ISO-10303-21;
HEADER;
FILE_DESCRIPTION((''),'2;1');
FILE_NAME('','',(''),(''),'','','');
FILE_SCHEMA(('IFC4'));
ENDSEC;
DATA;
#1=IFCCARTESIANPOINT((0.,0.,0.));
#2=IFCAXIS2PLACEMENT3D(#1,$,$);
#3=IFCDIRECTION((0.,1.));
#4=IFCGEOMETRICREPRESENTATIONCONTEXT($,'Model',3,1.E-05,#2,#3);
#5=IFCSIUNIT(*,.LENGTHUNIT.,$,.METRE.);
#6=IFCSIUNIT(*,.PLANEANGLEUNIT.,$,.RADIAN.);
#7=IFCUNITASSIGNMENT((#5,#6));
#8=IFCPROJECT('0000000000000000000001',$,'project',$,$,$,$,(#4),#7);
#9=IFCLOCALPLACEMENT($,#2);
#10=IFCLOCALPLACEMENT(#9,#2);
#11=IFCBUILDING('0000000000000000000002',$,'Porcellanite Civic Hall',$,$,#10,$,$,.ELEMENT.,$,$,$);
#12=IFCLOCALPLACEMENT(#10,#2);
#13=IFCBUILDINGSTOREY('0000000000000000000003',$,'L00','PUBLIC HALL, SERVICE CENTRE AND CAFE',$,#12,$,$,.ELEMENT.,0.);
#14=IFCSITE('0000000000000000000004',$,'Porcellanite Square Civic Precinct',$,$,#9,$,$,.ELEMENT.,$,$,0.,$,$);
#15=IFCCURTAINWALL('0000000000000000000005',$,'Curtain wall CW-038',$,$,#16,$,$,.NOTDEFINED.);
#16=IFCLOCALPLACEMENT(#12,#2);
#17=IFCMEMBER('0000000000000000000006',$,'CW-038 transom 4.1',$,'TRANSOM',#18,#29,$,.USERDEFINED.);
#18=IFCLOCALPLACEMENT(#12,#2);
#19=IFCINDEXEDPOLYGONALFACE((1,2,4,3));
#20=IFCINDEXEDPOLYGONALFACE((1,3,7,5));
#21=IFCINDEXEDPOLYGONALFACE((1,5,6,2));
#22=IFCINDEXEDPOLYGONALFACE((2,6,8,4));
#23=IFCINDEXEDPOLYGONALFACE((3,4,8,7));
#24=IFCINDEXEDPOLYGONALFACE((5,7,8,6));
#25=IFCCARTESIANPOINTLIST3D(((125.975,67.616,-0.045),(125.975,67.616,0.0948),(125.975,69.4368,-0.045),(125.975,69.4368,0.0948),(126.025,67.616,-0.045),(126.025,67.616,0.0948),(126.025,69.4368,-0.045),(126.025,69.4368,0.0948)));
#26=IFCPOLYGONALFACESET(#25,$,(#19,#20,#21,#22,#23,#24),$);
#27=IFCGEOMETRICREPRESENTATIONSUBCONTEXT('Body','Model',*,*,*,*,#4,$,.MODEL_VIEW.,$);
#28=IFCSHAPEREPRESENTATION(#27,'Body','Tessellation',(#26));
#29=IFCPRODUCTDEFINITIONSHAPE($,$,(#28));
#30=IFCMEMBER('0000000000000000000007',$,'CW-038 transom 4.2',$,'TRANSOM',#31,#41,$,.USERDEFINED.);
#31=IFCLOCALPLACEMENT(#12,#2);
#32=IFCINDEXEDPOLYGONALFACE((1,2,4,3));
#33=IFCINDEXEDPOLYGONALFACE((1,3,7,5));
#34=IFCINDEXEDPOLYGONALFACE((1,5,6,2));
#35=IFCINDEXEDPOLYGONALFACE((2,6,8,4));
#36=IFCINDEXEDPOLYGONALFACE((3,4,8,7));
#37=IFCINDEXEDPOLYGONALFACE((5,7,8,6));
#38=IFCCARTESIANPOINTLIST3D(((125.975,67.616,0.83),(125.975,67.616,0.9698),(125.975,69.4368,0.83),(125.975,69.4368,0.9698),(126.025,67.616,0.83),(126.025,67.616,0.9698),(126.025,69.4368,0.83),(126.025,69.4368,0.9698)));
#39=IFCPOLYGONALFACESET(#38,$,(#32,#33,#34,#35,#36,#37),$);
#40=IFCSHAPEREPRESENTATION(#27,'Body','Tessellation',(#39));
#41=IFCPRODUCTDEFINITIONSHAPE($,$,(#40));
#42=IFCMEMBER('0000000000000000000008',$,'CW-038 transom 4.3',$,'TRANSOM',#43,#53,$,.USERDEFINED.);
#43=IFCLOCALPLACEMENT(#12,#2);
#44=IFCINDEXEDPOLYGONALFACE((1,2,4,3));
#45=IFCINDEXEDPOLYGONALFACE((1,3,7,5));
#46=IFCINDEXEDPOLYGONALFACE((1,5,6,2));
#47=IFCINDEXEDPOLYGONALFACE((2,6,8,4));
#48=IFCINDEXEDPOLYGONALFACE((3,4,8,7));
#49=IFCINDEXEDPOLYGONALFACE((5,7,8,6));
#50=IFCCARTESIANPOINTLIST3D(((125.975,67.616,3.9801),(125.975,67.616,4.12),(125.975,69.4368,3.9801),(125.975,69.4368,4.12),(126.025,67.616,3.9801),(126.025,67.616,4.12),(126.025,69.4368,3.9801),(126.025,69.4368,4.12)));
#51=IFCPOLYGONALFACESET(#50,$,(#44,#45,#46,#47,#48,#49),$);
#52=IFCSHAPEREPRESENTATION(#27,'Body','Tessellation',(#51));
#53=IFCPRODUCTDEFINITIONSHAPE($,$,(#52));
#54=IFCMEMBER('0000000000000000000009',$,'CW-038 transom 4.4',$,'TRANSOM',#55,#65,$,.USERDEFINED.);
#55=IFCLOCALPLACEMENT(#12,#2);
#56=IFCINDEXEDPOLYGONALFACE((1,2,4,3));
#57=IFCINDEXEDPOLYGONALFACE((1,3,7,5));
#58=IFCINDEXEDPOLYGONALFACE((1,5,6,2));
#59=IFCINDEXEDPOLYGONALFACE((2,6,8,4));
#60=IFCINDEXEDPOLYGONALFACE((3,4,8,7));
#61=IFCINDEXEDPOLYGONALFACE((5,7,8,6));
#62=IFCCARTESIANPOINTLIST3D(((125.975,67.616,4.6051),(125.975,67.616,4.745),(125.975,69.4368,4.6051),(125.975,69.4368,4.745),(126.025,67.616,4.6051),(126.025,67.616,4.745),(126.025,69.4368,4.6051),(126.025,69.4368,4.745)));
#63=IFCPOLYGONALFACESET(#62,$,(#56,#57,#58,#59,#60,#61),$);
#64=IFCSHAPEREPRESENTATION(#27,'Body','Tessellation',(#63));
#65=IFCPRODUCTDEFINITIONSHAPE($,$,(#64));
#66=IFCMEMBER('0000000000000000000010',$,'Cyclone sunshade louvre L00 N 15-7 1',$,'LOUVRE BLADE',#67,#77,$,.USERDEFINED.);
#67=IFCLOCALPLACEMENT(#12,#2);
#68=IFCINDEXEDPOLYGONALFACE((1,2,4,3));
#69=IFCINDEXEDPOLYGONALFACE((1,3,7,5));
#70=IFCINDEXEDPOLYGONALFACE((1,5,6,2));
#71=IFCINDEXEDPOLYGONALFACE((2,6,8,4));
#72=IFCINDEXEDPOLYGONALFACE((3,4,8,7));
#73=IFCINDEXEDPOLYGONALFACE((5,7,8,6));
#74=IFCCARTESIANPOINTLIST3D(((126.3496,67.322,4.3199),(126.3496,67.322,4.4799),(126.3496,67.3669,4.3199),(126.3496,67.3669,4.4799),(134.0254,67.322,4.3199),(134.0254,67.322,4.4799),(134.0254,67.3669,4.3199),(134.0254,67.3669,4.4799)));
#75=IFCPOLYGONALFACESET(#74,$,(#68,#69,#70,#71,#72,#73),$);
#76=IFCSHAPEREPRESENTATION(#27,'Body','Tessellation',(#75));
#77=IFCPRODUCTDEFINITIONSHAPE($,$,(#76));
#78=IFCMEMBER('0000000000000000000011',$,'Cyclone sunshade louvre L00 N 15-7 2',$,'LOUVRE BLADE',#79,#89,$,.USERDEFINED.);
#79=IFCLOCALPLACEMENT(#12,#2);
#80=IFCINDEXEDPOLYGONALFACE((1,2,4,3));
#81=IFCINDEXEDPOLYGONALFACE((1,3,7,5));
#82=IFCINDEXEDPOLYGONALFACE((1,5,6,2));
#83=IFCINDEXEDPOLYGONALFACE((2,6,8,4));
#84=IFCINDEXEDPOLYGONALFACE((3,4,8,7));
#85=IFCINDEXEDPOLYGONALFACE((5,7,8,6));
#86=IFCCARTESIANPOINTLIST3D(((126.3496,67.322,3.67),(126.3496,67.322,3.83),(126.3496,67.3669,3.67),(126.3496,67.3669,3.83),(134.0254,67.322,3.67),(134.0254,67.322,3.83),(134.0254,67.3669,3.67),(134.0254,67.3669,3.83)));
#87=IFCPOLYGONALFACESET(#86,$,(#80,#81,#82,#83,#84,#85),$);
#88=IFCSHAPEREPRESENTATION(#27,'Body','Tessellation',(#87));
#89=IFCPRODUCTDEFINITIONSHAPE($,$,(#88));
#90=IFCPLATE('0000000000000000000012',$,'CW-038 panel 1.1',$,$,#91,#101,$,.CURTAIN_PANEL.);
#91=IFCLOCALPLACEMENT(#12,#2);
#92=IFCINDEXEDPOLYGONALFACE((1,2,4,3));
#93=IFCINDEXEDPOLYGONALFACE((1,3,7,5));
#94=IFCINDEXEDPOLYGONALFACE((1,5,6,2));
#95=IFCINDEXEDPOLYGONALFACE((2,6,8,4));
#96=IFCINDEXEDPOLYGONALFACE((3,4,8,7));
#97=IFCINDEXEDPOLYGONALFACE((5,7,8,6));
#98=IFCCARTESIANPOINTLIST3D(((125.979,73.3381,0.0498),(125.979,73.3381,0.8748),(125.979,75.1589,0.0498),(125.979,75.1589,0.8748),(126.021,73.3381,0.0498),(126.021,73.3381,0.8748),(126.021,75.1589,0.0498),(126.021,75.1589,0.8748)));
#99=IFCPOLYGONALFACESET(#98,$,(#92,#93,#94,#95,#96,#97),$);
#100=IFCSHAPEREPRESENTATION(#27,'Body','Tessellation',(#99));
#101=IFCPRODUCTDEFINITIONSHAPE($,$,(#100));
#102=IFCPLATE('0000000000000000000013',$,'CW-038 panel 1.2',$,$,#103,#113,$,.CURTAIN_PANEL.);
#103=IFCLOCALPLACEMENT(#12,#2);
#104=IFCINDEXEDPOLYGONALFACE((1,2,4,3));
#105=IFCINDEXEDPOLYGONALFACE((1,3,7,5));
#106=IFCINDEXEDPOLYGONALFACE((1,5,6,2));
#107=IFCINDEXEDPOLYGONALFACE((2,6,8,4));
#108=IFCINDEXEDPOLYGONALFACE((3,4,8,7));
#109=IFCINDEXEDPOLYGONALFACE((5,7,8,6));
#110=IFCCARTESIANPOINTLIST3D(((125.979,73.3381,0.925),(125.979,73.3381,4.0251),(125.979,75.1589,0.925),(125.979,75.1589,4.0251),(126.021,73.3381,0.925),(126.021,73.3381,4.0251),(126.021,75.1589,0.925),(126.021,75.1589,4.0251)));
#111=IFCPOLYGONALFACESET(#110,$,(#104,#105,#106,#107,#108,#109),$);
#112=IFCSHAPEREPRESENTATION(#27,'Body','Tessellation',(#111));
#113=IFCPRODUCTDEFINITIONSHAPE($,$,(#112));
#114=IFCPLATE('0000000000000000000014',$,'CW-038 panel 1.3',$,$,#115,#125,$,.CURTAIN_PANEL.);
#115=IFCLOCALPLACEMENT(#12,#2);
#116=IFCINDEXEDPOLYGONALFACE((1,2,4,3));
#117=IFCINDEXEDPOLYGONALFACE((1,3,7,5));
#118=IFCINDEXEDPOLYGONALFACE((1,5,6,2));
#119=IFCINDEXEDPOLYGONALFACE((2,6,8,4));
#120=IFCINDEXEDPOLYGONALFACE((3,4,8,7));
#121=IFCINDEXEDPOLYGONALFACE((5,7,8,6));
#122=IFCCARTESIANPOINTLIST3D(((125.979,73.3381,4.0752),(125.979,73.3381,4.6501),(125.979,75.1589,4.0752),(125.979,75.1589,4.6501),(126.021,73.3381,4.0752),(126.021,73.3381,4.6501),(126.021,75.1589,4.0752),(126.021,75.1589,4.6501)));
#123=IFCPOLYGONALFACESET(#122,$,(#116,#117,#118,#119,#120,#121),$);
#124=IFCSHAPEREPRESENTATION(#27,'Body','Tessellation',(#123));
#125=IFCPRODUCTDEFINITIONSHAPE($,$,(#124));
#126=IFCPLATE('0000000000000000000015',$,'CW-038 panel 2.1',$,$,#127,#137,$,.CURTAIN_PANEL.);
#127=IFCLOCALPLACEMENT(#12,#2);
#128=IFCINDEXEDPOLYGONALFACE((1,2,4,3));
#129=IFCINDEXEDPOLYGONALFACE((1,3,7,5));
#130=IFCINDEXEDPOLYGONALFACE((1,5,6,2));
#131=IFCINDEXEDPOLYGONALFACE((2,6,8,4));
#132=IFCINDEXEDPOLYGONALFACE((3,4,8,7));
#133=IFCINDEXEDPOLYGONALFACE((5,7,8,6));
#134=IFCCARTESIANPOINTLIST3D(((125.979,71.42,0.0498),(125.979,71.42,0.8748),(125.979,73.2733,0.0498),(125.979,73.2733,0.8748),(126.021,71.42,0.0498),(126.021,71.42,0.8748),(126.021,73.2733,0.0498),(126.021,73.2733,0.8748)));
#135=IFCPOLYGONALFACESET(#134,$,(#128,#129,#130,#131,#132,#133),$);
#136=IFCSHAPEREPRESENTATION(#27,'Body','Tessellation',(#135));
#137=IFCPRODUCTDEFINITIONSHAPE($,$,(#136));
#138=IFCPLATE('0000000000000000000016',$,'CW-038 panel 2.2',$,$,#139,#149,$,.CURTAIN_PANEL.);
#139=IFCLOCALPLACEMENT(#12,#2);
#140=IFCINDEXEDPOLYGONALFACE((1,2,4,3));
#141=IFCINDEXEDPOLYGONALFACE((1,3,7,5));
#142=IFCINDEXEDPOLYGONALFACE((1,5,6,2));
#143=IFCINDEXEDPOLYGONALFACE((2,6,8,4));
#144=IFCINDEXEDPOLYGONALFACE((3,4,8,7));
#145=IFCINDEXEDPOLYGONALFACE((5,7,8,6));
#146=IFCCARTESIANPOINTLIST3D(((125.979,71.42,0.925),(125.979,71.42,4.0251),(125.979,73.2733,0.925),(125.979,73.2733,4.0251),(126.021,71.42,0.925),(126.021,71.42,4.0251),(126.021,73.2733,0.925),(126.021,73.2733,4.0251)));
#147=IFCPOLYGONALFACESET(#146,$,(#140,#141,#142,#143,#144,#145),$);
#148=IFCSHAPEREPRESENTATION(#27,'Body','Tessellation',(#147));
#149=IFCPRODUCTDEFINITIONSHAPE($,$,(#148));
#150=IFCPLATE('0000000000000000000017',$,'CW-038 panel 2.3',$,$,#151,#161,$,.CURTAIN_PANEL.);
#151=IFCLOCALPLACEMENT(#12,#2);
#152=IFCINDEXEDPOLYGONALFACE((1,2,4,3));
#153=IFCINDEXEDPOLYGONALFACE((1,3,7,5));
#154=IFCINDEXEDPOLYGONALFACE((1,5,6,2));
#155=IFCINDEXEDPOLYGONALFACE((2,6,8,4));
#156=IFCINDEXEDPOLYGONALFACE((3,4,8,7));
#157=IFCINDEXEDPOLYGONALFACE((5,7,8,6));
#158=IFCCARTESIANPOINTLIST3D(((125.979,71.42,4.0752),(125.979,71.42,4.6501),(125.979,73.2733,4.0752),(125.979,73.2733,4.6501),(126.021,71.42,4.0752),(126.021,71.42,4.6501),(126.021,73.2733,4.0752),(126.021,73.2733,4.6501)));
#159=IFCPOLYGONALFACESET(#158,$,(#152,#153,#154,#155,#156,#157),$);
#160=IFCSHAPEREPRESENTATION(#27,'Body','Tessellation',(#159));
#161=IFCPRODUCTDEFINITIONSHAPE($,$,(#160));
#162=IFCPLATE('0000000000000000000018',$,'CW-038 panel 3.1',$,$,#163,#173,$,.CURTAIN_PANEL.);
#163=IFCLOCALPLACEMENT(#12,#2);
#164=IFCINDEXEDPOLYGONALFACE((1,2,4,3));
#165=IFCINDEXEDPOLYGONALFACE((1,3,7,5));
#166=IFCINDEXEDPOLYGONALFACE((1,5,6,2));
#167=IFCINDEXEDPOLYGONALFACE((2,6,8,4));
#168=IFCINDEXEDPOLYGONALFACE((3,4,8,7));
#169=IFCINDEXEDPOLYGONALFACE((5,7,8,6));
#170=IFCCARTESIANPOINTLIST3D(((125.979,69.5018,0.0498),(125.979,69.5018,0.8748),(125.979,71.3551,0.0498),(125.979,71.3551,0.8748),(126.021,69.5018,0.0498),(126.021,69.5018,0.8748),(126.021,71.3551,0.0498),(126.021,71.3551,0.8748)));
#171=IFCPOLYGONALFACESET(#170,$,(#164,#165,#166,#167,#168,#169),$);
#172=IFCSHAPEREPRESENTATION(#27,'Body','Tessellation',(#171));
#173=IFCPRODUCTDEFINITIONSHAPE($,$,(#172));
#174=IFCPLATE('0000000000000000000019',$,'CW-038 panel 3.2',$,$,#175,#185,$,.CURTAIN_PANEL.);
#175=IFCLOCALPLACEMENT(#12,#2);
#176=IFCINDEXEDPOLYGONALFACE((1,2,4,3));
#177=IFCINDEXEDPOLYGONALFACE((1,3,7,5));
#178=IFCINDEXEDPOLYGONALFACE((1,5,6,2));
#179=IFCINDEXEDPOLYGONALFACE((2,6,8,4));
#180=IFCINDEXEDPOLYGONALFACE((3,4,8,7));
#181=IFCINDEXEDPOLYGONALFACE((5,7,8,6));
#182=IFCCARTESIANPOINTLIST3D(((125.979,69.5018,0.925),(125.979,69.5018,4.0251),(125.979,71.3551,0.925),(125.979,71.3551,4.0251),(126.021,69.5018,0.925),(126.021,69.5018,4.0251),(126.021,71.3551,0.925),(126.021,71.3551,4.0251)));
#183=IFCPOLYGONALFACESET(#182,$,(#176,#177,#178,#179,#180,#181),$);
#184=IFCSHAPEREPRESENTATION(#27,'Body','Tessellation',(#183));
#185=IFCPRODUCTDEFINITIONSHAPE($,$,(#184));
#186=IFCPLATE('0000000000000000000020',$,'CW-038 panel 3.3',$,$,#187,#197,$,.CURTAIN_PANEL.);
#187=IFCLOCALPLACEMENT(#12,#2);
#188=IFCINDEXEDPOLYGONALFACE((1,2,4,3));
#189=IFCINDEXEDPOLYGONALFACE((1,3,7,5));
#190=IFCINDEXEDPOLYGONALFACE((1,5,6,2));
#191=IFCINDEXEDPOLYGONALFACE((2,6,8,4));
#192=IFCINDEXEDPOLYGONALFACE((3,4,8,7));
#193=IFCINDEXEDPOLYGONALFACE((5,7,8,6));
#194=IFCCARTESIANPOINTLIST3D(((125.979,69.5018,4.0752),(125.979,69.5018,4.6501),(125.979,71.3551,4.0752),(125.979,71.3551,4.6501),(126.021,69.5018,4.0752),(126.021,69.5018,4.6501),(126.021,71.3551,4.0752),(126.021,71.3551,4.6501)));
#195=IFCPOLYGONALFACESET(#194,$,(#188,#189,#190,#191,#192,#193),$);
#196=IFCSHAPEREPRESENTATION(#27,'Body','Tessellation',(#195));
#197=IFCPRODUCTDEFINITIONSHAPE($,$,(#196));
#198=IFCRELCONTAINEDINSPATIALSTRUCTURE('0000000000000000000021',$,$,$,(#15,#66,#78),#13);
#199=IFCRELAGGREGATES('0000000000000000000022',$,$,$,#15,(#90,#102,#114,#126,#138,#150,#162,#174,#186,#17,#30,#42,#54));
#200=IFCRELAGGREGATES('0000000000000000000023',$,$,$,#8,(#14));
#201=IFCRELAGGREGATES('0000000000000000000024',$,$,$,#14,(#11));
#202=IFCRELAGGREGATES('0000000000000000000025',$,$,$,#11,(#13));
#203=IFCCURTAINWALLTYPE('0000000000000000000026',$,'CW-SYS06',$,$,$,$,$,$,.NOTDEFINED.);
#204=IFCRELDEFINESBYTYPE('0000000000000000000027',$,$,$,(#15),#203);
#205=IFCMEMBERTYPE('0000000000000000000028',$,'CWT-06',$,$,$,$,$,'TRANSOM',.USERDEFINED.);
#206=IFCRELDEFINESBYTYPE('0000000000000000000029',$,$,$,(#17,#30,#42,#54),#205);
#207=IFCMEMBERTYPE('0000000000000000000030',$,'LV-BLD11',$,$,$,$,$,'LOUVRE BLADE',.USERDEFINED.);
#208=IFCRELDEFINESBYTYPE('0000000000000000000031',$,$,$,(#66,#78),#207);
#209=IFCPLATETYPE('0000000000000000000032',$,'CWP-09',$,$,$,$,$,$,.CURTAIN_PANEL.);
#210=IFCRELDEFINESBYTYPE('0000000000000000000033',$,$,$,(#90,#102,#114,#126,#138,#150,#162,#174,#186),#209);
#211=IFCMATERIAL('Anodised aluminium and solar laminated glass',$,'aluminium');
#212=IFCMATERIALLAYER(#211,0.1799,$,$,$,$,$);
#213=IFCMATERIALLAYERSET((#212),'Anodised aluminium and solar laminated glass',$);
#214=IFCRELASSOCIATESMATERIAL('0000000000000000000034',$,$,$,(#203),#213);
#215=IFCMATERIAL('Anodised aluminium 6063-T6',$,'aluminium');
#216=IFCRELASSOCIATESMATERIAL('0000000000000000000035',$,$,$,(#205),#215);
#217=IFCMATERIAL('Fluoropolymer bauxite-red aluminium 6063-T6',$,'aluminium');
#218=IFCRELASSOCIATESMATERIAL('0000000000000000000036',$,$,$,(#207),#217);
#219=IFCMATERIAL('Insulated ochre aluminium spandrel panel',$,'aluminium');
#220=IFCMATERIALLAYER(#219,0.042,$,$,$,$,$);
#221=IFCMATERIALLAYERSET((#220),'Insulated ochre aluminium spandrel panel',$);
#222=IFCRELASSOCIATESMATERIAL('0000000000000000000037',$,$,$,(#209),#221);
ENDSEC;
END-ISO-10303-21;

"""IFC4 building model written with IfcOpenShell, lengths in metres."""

from ifc_helpers import new_model, si_unit, direction, frame, origin, origin_2d, place, context, subcontext, project, spatial, rectangle, extrude, material, layer, layer_set, material_profile, profile_set, type_object, element, aggregate, save


model = new_model("IFC4")

# Units and contexts
model_context = context("Model", 3, precision=1e-05, world=origin(), true_north=direction((0.0, 1.0)))
body_context = subcontext(model_context, "Body", "Model", "MODEL_VIEW")
ifc_project = project(units=[si_unit("LENGTHUNIT", "METRE"), si_unit("PLANEANGLEUNIT", "RADIAN")], contexts=[model_context])

# Site, building, storey
site_placement = place(None, origin())
site = spatial("IfcSite", under=ifc_project, at=site_placement, Name="Porcellanite Square Civic Precinct", CompositionType="ELEMENT", RefElevation=0.0)
building_placement = place(site_placement, origin())
building = spatial("IfcBuilding", under=site, at=building_placement, Name="Porcellanite Civic Hall", CompositionType="ELEMENT")
storey_placement = place(building_placement, origin())
storey = spatial("IfcBuildingStorey", under=building, at=storey_placement, Name="L00", Description="PUBLIC HALL, SERVICE CENTRE AND CAFE", CompositionType="ELEMENT", Elevation=0.0)

# Curtain wall, members
ifc_material_1 = material(Name="Anodised aluminium and solar laminated glass", Category="aluminium")
ifc_layer_1 = layer(ifc_material_1, 0.1799)
ifc_layer_set_1 = layer_set([ifc_layer_1], Name="Anodised aluminium and solar laminated glass")
curtain_wall_type = type_object("IfcCurtainWallType", Name="CW-SYS06", PredefinedType="NOTDEFINED", material=ifc_layer_set_1)
curtain_wall_placement = place(storey_placement, origin())
curtain_wall = element("IfcCurtainWall", 1, at=curtain_wall_placement, inside=storey, type_object=curtain_wall_type, Name="Curtain wall CW-038", PredefinedType="NOTDEFINED")
ifc_material_2 = material(Name="Anodised aluminium 6063-T6", Category="aluminium")
ifc_material_profile_1 = material_profile(ifc_material_2, rectangle(XDim=0.05, YDim=0.1399, at=origin_2d()), Name="AL-50x140")
ifc_profile_set_1 = profile_set([ifc_material_profile_1], Name="Anodised aluminium 6063-T6")
member_type_1 = type_object("IfcMemberType", Name="CWT-06", ElementType="TRANSOM", PredefinedType="USERDEFINED", material=ifc_profile_set_1)
member_1_placement = place(storey_placement, frame((126.0, 69.4368, 0.0249), z_axis=(0.0, -1.0, 0.0), x_axis=(1.0, 0.0, 0.0)))
member_1 = element("IfcMember", 2, at=member_1_placement, type_object=member_type_1, Name="CW-038 transom 4.1", ObjectType="TRANSOM", PredefinedType="USERDEFINED", context=body_context, shape_type="SweptSolid", body=[
    extrude(rectangle(XDim=0.05, YDim=0.1399, at=origin_2d()), origin(), (0.0, 0.0, 1.0), 1.8208),
])
member_2_placement = place(storey_placement, frame((126.0, 69.4368, 0.8999), z_axis=(0.0, -1.0, 0.0), x_axis=(1.0, 0.0, 0.0)))
member_2 = element("IfcMember", 3, at=member_2_placement, type_object=member_type_1, Name="CW-038 transom 4.2", ObjectType="TRANSOM", PredefinedType="USERDEFINED", context=body_context, shape_type="SweptSolid", body=[
    extrude(rectangle(XDim=0.05, YDim=0.1399, at=origin_2d()), origin(), (0.0, 0.0, 1.0), 1.8208),
])
member_3_placement = place(storey_placement, frame((126.0, 69.4368, 4.05), z_axis=(0.0, -1.0, 0.0), x_axis=(1.0, 0.0, 0.0)))
member_3 = element("IfcMember", 4, at=member_3_placement, type_object=member_type_1, Name="CW-038 transom 4.3", ObjectType="TRANSOM", PredefinedType="USERDEFINED", context=body_context, shape_type="SweptSolid", body=[
    extrude(rectangle(XDim=0.05, YDim=0.1399, at=origin_2d()), origin(), (0.0, 0.0, 1.0), 1.8208),
])
member_4_placement = place(storey_placement, frame((126.0, 69.4368, 4.675), z_axis=(0.0, -1.0, 0.0), x_axis=(1.0, 0.0, 0.0)))
member_4 = element("IfcMember", 5, at=member_4_placement, type_object=member_type_1, Name="CW-038 transom 4.4", ObjectType="TRANSOM", PredefinedType="USERDEFINED", context=body_context, shape_type="SweptSolid", body=[
    extrude(rectangle(XDim=0.05, YDim=0.1399, at=origin_2d()), origin(), (0.0, 0.0, 1.0), 1.8208),
])

# Members
ifc_material_3 = material(Name="Fluoropolymer bauxite-red aluminium 6063-T6", Category="aluminium")
ifc_material_profile_2 = material_profile(ifc_material_3, rectangle(XDim=0.0449, YDim=0.1599, at=origin_2d()), Name="AL-45x160")
ifc_profile_set_2 = profile_set([ifc_material_profile_2], Name="Fluoropolymer bauxite-red aluminium 6063-T6")
member_type_2 = type_object("IfcMemberType", Name="LV-BLD11", ElementType="LOUVRE BLADE", PredefinedType="USERDEFINED", material=ifc_profile_set_2)
for number, where, z_axis, x_axis, name in (
    (6, (126.3496, 67.3445, 4.3999), (1.0, 0.0, 0.0), (0.0, 1.0, 0.0), "Cyclone sunshade louvre L00 N 15-7 1"),
    (7, (126.3496, 67.3445, 3.75), (1.0, 0.0, 0.0), (0.0, 1.0, 0.0), "Cyclone sunshade louvre L00 N 15-7 2"),
):
    element("IfcMember", number, at=place(storey_placement, frame(where, z_axis=z_axis, x_axis=x_axis)), inside=storey, type_object=member_type_2, Name=name, ObjectType="LOUVRE BLADE", PredefinedType="USERDEFINED", context=body_context, shape_type="SweptSolid", body=[
        extrude(rectangle(XDim=0.0449, YDim=0.1599, at=origin_2d()), origin(), (0.0, 0.0, 1.0), 7.6758),
    ])

# Plates
ifc_material_4 = material(Name="Insulated ochre aluminium spandrel panel", Category="aluminium")
ifc_layer_2 = layer(ifc_material_4, 0.042)
ifc_layer_set_2 = layer_set([ifc_layer_2], Name="Insulated ochre aluminium spandrel panel")
plate_type = type_object("IfcPlateType", Name="CWP-09", PredefinedType="CURTAIN_PANEL", material=ifc_layer_set_2)
plate_1_placement = place(storey_placement, frame((126.0, 74.2485, 0.0498), z_axis=(0.0, 0.0, 1.0), x_axis=(0.0, -1.0, 0.0)))
plate_1 = element("IfcPlate", 8, at=plate_1_placement, type_object=plate_type, Name="CW-038 panel 1.1", PredefinedType="CURTAIN_PANEL", context=body_context, shape_type="SweptSolid", body=[
    extrude(rectangle(XDim=1.8208, YDim=0.042, at=origin_2d()), origin(), (0.0, 0.0, 1.0), 0.825),
])
plate_2_placement = place(storey_placement, frame((126.0, 74.2485, 0.925), z_axis=(0.0, 0.0, 1.0), x_axis=(0.0, -1.0, 0.0)))
plate_2 = element("IfcPlate", 9, at=plate_2_placement, type_object=plate_type, Name="CW-038 panel 1.2", PredefinedType="CURTAIN_PANEL", context=body_context, shape_type="SweptSolid", body=[
    extrude(rectangle(XDim=1.8208, YDim=0.042, at=origin_2d()), origin(), (0.0, 0.0, 1.0), 3.1001),
])
plate_3_placement = place(storey_placement, frame((126.0, 74.2485, 4.0752), z_axis=(0.0, 0.0, 1.0), x_axis=(0.0, -1.0, 0.0)))
plate_3 = element("IfcPlate", 10, at=plate_3_placement, type_object=plate_type, Name="CW-038 panel 1.3", PredefinedType="CURTAIN_PANEL", context=body_context, shape_type="SweptSolid", body=[
    extrude(rectangle(XDim=1.8208, YDim=0.042, at=origin_2d()), origin(), (0.0, 0.0, 1.0), 0.575),
])
plate_4_placement = place(storey_placement, frame((126.0, 72.3467, 0.0498), z_axis=(0.0, 0.0, 1.0), x_axis=(0.0, -1.0, 0.0)))
plate_4 = element("IfcPlate", 11, at=plate_4_placement, type_object=plate_type, Name="CW-038 panel 2.1", PredefinedType="CURTAIN_PANEL", context=body_context, shape_type="SweptSolid", body=[
    extrude(rectangle(XDim=1.8533, YDim=0.042, at=origin_2d()), origin(), (0.0, 0.0, 1.0), 0.825),
])
plate_5_placement = place(storey_placement, frame((126.0, 72.3467, 0.925), z_axis=(0.0, 0.0, 1.0), x_axis=(0.0, -1.0, 0.0)))
plate_5 = element("IfcPlate", 12, at=plate_5_placement, type_object=plate_type, Name="CW-038 panel 2.2", PredefinedType="CURTAIN_PANEL", context=body_context, shape_type="SweptSolid", body=[
    extrude(rectangle(XDim=1.8533, YDim=0.042, at=origin_2d()), origin(), (0.0, 0.0, 1.0), 3.1001),
])
plate_6_placement = place(storey_placement, frame((126.0, 72.3467, 4.0752), z_axis=(0.0, 0.0, 1.0), x_axis=(0.0, -1.0, 0.0)))
plate_6 = element("IfcPlate", 13, at=plate_6_placement, type_object=plate_type, Name="CW-038 panel 2.3", PredefinedType="CURTAIN_PANEL", context=body_context, shape_type="SweptSolid", body=[
    extrude(rectangle(XDim=1.8533, YDim=0.042, at=origin_2d()), origin(), (0.0, 0.0, 1.0), 0.575),
])
plate_7_placement = place(storey_placement, frame((126.0, 70.4285, 0.0498), z_axis=(0.0, 0.0, 1.0), x_axis=(0.0, -1.0, 0.0)))
plate_7 = element("IfcPlate", 14, at=plate_7_placement, type_object=plate_type, Name="CW-038 panel 3.1", PredefinedType="CURTAIN_PANEL", context=body_context, shape_type="SweptSolid", body=[
    extrude(rectangle(XDim=1.8533, YDim=0.042, at=origin_2d()), origin(), (0.0, 0.0, 1.0), 0.825),
])
plate_8_placement = place(storey_placement, frame((126.0, 70.4285, 0.925), z_axis=(0.0, 0.0, 1.0), x_axis=(0.0, -1.0, 0.0)))
plate_8 = element("IfcPlate", 15, at=plate_8_placement, type_object=plate_type, Name="CW-038 panel 3.2", PredefinedType="CURTAIN_PANEL", context=body_context, shape_type="SweptSolid", body=[
    extrude(rectangle(XDim=1.8533, YDim=0.042, at=origin_2d()), origin(), (0.0, 0.0, 1.0), 3.1001),
])
plate_9_placement = place(storey_placement, frame((126.0, 70.4285, 4.0752), z_axis=(0.0, 0.0, 1.0), x_axis=(0.0, -1.0, 0.0)))
plate_9 = element("IfcPlate", 16, at=plate_9_placement, type_object=plate_type, Name="CW-038 panel 3.3", PredefinedType="CURTAIN_PANEL", context=body_context, shape_type="SweptSolid", body=[
    extrude(rectangle(XDim=1.8533, YDim=0.042, at=origin_2d()), origin(), (0.0, 0.0, 1.0), 0.575),
])
aggregate(curtain_wall, [plate_1, plate_2, plate_3, plate_4, plate_5, plate_6, plate_7, plate_8, plate_9, member_1, member_2, member_3, member_4])

save(model, "model.ifc")
